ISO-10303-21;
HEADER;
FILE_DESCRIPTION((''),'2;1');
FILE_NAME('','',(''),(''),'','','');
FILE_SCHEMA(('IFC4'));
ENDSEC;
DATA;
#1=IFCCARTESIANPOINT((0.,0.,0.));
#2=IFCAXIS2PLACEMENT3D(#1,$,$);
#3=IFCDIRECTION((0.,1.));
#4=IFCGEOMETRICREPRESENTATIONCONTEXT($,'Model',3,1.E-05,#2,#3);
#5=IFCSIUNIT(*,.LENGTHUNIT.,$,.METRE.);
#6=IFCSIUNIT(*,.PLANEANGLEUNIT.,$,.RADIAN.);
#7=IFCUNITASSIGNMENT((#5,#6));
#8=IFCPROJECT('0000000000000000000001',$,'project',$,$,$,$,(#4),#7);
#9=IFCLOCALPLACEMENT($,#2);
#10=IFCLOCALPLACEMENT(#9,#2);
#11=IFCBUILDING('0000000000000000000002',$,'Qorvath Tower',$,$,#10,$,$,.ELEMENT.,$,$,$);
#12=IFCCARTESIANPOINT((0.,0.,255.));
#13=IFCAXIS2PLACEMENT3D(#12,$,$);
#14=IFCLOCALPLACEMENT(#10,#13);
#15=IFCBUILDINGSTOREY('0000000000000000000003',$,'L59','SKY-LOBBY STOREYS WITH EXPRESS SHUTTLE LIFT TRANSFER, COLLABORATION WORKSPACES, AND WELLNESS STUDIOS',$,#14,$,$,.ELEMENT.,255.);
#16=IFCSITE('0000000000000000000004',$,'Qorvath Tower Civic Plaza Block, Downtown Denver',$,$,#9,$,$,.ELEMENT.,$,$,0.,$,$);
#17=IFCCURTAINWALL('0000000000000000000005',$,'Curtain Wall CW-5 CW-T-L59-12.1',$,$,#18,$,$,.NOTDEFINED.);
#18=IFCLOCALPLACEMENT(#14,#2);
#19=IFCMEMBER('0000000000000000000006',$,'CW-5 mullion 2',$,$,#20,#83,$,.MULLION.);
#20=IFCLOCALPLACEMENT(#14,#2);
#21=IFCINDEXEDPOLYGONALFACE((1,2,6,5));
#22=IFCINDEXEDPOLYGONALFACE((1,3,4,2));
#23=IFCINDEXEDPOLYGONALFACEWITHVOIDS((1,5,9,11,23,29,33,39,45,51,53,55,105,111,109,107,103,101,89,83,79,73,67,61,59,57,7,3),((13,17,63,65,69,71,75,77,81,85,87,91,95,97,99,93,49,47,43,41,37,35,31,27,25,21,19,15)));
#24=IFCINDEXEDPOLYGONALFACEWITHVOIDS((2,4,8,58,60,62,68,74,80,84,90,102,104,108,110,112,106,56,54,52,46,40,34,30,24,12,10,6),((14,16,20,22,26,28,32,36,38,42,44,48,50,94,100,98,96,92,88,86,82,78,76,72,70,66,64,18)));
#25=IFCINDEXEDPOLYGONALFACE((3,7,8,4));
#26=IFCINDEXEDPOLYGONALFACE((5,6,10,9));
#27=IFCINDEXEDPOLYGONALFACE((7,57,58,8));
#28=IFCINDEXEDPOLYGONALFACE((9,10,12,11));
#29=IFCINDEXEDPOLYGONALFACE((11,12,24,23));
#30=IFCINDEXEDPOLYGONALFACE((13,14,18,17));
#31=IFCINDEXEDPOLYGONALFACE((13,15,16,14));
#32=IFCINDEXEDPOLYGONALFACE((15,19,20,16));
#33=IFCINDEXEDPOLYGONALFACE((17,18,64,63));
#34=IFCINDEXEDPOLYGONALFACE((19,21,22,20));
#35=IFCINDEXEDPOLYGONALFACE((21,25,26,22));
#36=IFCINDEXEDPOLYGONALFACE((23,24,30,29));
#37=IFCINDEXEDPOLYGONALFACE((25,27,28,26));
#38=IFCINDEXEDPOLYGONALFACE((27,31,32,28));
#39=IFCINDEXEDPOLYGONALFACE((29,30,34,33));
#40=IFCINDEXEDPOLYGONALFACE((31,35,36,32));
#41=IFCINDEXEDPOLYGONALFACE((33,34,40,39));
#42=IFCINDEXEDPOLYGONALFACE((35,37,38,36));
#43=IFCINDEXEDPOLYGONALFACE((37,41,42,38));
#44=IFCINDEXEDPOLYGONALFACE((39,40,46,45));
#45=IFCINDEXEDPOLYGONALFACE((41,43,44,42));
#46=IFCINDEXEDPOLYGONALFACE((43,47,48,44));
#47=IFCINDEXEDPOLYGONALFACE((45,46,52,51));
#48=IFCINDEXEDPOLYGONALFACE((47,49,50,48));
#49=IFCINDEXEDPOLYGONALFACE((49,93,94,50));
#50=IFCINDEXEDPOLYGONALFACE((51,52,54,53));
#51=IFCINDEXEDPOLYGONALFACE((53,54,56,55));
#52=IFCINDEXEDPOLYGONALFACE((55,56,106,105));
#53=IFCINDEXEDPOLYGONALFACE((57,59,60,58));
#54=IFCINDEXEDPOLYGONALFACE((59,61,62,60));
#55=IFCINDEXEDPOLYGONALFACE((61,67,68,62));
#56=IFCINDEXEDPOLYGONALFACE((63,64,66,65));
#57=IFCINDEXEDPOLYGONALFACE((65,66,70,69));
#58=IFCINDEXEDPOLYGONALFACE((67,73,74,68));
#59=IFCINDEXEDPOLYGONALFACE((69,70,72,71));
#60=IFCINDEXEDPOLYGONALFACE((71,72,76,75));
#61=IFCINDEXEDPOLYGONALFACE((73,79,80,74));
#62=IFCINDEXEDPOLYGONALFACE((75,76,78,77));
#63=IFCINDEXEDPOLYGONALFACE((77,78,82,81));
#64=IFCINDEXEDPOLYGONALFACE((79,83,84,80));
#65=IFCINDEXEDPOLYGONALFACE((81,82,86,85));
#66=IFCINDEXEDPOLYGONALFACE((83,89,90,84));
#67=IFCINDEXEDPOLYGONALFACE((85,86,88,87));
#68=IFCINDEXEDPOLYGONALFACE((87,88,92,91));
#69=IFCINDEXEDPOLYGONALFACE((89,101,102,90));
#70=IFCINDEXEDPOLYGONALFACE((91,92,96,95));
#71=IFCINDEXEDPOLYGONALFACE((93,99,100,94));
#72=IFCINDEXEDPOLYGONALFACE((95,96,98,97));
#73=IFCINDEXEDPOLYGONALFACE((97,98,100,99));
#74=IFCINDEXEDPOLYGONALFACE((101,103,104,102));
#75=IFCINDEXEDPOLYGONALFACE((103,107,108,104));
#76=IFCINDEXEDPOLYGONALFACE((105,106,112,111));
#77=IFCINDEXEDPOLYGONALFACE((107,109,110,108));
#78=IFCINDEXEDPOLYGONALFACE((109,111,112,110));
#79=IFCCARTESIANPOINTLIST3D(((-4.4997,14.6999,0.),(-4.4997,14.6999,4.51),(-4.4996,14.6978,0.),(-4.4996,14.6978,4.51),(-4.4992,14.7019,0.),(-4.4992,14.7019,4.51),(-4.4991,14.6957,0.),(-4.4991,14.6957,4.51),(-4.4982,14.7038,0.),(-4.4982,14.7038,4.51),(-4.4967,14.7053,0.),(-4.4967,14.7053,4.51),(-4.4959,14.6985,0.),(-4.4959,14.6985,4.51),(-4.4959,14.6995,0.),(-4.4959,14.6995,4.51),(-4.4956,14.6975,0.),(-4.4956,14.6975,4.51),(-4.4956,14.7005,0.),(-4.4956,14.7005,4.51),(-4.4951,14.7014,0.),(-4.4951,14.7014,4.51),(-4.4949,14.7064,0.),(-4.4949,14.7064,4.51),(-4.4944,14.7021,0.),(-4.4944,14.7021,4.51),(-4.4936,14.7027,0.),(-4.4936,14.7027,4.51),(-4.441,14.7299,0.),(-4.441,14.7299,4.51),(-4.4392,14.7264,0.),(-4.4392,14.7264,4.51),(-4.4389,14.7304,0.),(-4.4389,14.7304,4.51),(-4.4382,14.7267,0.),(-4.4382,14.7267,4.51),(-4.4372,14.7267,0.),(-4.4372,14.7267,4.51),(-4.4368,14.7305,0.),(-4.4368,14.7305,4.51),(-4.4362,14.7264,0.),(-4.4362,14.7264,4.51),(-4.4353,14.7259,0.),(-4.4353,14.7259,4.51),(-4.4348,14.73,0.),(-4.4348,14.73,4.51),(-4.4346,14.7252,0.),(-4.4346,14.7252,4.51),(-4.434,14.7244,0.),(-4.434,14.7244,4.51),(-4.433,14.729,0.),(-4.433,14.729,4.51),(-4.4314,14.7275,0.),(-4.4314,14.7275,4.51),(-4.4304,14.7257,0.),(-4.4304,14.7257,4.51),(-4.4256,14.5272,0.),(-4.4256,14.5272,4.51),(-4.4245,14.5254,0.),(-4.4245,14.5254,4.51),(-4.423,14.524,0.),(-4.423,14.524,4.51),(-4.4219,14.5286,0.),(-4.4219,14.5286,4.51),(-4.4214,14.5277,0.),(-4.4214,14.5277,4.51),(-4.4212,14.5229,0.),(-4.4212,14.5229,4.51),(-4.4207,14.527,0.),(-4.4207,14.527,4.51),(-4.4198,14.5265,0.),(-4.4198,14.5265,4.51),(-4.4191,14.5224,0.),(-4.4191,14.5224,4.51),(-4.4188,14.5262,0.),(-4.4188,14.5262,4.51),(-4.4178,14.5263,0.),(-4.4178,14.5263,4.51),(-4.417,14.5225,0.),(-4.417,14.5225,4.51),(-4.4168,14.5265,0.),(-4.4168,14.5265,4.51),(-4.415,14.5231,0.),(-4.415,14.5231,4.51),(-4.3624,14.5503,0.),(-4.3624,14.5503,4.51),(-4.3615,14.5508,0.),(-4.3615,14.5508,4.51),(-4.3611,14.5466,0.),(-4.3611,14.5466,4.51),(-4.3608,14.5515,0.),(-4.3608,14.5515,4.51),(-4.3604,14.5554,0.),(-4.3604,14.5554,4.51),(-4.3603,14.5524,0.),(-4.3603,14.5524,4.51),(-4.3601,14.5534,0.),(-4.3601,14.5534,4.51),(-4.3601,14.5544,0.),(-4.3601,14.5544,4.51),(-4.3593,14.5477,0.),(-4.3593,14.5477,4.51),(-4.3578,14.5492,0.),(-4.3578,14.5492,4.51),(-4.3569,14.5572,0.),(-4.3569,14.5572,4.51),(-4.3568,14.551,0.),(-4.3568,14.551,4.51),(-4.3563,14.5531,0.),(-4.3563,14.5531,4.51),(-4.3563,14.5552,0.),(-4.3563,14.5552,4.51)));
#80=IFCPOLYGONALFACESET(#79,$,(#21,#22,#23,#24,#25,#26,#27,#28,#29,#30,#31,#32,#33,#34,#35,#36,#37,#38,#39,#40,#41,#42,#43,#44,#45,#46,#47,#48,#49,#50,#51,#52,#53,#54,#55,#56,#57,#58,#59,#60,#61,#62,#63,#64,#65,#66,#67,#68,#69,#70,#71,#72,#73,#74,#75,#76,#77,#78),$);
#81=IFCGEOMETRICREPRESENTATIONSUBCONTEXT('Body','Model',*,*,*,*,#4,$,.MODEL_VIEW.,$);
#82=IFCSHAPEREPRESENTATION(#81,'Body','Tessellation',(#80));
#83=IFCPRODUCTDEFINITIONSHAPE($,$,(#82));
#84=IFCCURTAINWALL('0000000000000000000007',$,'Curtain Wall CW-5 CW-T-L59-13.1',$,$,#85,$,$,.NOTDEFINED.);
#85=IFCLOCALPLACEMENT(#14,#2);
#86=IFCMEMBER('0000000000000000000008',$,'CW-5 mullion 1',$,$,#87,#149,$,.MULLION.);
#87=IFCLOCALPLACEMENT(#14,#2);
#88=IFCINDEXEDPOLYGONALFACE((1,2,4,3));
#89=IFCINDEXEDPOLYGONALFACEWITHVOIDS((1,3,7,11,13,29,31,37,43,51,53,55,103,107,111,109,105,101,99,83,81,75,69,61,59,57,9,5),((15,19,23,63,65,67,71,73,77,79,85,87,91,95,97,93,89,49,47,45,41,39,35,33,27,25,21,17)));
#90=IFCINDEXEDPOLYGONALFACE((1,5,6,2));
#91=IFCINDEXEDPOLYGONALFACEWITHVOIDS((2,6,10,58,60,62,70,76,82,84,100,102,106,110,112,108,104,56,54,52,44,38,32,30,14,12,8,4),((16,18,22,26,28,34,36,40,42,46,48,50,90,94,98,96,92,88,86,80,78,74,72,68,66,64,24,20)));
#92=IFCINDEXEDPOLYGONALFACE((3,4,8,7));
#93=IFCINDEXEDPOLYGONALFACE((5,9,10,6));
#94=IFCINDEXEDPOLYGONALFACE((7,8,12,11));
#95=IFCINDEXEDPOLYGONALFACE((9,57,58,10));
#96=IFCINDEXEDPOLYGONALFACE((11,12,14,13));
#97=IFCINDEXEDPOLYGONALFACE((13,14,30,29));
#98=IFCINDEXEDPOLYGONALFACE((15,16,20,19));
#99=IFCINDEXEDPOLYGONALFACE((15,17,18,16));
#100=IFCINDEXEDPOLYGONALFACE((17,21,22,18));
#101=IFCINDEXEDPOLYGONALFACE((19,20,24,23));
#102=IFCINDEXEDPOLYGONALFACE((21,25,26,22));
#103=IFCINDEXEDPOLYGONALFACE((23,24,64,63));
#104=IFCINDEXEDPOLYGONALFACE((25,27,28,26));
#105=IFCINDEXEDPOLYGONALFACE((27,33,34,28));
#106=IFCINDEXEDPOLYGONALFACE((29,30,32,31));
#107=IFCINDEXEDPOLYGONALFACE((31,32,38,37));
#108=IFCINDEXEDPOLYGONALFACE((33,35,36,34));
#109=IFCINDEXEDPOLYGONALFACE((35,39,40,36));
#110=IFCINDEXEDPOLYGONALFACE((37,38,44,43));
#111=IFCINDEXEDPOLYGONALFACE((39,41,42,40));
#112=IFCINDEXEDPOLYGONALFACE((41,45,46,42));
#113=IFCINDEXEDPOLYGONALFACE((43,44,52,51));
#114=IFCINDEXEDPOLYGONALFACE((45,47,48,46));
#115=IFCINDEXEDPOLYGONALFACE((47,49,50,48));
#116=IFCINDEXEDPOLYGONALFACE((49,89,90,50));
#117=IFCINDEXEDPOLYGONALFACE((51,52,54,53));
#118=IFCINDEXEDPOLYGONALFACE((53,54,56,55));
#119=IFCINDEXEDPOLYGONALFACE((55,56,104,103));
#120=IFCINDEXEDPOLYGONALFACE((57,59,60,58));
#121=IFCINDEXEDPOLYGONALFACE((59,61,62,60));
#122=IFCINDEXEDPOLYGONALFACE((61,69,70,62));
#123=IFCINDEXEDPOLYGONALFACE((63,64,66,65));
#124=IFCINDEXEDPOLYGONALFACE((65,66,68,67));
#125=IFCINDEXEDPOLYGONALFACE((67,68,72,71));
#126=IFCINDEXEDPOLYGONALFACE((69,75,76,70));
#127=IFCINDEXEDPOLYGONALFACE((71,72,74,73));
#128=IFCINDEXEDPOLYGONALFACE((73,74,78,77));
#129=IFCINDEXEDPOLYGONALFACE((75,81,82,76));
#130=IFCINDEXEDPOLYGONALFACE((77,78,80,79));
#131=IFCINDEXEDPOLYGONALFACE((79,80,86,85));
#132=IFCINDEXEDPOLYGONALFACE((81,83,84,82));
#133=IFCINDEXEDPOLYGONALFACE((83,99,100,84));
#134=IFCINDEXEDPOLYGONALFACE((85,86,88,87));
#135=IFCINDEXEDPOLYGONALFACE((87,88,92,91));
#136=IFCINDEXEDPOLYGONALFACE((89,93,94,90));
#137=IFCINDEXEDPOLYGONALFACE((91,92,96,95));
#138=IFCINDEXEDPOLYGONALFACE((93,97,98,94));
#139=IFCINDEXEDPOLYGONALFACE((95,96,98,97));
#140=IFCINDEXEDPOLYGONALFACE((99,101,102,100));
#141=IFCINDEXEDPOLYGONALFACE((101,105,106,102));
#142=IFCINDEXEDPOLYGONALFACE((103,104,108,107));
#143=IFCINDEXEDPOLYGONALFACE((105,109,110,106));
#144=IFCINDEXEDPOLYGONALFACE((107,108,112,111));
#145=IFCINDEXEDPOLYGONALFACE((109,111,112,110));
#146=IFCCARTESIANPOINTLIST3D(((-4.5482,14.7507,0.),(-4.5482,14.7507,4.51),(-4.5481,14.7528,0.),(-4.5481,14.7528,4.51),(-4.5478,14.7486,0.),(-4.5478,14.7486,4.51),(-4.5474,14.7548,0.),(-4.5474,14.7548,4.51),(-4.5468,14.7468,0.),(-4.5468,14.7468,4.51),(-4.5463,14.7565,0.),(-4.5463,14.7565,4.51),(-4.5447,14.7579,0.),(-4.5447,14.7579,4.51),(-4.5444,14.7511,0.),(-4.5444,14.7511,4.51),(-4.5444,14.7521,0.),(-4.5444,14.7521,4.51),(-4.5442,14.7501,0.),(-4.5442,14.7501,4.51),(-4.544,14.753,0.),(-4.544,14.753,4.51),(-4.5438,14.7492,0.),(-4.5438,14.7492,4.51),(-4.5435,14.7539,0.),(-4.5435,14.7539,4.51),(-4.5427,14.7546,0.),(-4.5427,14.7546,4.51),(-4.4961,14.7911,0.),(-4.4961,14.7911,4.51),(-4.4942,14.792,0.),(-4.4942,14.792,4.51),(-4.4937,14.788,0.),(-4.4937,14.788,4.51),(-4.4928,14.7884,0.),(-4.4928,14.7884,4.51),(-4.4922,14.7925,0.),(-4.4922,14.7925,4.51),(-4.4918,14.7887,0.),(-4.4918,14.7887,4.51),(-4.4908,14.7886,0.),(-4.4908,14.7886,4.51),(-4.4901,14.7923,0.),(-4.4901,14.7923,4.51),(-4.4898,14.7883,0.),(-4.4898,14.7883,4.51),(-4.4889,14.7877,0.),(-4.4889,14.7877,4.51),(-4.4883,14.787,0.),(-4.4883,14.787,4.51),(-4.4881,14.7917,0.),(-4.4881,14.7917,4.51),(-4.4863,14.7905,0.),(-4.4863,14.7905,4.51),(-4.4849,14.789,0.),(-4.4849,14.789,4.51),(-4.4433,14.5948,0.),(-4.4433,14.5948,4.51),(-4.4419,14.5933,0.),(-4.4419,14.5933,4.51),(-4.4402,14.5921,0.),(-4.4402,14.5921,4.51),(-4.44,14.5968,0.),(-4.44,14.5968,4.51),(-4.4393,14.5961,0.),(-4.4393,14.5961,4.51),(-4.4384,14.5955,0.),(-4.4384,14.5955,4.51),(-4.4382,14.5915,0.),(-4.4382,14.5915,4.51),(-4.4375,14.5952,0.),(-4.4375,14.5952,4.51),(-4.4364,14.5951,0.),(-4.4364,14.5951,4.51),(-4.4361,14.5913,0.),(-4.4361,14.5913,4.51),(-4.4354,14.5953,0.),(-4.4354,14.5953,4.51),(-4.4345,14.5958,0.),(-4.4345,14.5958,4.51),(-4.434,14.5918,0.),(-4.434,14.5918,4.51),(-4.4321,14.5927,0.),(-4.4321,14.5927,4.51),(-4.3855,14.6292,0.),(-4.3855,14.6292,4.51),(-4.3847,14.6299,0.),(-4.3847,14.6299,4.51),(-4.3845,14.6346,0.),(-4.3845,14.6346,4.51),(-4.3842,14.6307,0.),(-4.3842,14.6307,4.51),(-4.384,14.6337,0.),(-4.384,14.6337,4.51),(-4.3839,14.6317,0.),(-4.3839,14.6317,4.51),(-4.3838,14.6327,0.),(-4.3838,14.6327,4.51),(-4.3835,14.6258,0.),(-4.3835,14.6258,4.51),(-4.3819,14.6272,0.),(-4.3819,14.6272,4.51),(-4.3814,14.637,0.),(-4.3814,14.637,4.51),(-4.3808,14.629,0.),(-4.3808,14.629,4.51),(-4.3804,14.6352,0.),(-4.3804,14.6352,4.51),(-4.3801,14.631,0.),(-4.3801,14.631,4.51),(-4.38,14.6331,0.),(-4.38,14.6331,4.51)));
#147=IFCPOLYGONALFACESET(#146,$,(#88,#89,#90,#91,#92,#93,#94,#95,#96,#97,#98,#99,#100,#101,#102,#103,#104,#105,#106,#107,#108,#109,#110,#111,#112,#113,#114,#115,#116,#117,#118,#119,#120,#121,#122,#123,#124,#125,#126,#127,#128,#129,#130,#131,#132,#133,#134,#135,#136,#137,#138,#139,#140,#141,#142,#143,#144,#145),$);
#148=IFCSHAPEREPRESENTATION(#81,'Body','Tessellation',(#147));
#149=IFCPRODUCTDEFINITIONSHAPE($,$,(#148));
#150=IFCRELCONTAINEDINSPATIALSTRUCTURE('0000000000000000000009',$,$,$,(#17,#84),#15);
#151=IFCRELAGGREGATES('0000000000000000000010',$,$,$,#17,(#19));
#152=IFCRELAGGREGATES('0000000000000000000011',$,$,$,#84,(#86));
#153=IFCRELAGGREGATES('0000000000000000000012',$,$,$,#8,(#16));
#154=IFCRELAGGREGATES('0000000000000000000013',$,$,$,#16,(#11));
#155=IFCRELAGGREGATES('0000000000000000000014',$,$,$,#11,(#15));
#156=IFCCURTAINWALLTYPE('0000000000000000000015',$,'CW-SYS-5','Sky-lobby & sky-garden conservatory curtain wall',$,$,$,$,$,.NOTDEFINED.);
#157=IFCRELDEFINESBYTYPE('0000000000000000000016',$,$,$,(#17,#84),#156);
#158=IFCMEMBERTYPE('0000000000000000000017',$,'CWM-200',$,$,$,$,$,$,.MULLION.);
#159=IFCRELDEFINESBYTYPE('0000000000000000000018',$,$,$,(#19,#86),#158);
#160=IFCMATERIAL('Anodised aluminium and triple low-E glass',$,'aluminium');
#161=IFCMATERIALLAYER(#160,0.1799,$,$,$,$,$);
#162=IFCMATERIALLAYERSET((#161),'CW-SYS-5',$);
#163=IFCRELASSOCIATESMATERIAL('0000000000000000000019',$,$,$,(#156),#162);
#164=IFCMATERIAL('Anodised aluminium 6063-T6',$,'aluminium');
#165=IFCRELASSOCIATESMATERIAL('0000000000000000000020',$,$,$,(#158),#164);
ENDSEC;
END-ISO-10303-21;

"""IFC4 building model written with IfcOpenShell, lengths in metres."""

from ifc_helpers import new_model, si_unit, direction, frame, origin, origin_2d, place, context, subcontext, project, spatial, hollow_rectangle, extrude, material, layer, layer_set, material_profile, profile_set, type_object, element, aggregate, save


model = new_model("IFC4")

# Units and contexts
model_context = context("Model", 3, precision=1e-05, world=origin(), true_north=direction((0.0, 1.0)))
body_context = subcontext(model_context, "Body", "Model", "MODEL_VIEW")
ifc_project = project(units=[si_unit("LENGTHUNIT", "METRE"), si_unit("PLANEANGLEUNIT", "RADIAN")], contexts=[model_context])

# Site, building, storey
site_placement = place(None, origin())
site = spatial("IfcSite", under=ifc_project, at=site_placement, Name="Qorvath Tower Civic Plaza Block, Downtown Denver", CompositionType="ELEMENT", RefElevation=0.0)
building_placement = place(site_placement, origin())
building = spatial("IfcBuilding", under=site, at=building_placement, Name="Qorvath Tower", CompositionType="ELEMENT")
storey_placement = place(building_placement, frame((0.0, 0.0, 255.0)))
storey = spatial("IfcBuildingStorey", under=building, at=storey_placement, Name="L59", Description="SKY-LOBBY STOREYS WITH EXPRESS SHUTTLE LIFT TRANSFER, COLLABORATION WORKSPACES, AND WELLNESS STUDIOS", CompositionType="ELEMENT", Elevation=255.0)

# Shared definitions
ifc_material_1 = material(Name="Anodised aluminium and triple low-E glass", Category="aluminium")
ifc_layer_1 = layer(ifc_material_1, 0.1799)
ifc_layer_set_1 = layer_set([ifc_layer_1], Name="CW-SYS-5")
curtain_wall_type = type_object("IfcCurtainWallType", Name="CW-SYS-5", Description="Sky-lobby & sky-garden conservatory curtain wall", PredefinedType="NOTDEFINED", material=ifc_layer_set_1)
ifc_material_2 = material(Name="Anodised aluminium 6063-T6", Category="aluminium")
ifc_material_profile_1 = material_profile(ifc_material_2, hollow_rectangle(XDim=0.075, YDim=0.2, WallThickness=0.0039, InnerFilletRadius=0.0039, OuterFilletRadius=0.0081, at=origin_2d()), Name="CWM 200x75")
ifc_profile_set_1 = profile_set([ifc_material_profile_1], Name="Anodised aluminium 6063-T6")
member_type_1 = type_object("IfcMemberType", Name="CWM-200", PredefinedType="MULLION", material=ifc_profile_set_1)

# Curtain walls, members
curtain_wall_1_placement = place(storey_placement, origin())
curtain_wall_1 = element("IfcCurtainWall", 1, at=curtain_wall_1_placement, inside=storey, type_object=curtain_wall_type, Name="Curtain Wall CW-5 CW-T-L59-12.1", PredefinedType="NOTDEFINED")
member_1_placement = place(storey_placement, frame((-4.428, 14.6265, 0.0), z_axis=(0.0, 0.0, 1.0), x_axis=(-0.916661, -0.399666, 0.0)))
member_1 = element("IfcMember", 2, at=member_1_placement, type_object=member_type_1, Name="CW-5 mullion 2", PredefinedType="MULLION", context=body_context, shape_type="SweptSolid", body=[
    extrude(hollow_rectangle(XDim=0.075, YDim=0.2, WallThickness=0.0039, InnerFilletRadius=0.0039, OuterFilletRadius=0.0081, at=origin_2d()), origin(), (0.0, 0.0, 1.0), 4.51),
])
curtain_wall_2_placement = place(storey_placement, origin())
curtain_wall_2 = element("IfcCurtainWall", 3, at=curtain_wall_2_placement, inside=storey, type_object=curtain_wall_type, Name="Curtain Wall CW-5 CW-T-L59-13.1", PredefinedType="NOTDEFINED")
member_2_placement = place(storey_placement, frame((-4.4641, 14.6919, 0.0), z_axis=(0.0, 0.0, 1.0), x_axis=(-0.826379, -0.563115, 0.0)))
member_2 = element("IfcMember", 4, at=member_2_placement, type_object=member_type_1, Name="CW-5 mullion 1", PredefinedType="MULLION", context=body_context, shape_type="SweptSolid", body=[
    extrude(hollow_rectangle(XDim=0.075, YDim=0.2, WallThickness=0.0039, InnerFilletRadius=0.0039, OuterFilletRadius=0.0081, at=origin_2d()), origin(), (0.0, 0.0, 1.0), 4.51),
])

aggregate(curtain_wall_1, [member_1])
aggregate(curtain_wall_2, [member_2])

save(model, "model.ifc")
